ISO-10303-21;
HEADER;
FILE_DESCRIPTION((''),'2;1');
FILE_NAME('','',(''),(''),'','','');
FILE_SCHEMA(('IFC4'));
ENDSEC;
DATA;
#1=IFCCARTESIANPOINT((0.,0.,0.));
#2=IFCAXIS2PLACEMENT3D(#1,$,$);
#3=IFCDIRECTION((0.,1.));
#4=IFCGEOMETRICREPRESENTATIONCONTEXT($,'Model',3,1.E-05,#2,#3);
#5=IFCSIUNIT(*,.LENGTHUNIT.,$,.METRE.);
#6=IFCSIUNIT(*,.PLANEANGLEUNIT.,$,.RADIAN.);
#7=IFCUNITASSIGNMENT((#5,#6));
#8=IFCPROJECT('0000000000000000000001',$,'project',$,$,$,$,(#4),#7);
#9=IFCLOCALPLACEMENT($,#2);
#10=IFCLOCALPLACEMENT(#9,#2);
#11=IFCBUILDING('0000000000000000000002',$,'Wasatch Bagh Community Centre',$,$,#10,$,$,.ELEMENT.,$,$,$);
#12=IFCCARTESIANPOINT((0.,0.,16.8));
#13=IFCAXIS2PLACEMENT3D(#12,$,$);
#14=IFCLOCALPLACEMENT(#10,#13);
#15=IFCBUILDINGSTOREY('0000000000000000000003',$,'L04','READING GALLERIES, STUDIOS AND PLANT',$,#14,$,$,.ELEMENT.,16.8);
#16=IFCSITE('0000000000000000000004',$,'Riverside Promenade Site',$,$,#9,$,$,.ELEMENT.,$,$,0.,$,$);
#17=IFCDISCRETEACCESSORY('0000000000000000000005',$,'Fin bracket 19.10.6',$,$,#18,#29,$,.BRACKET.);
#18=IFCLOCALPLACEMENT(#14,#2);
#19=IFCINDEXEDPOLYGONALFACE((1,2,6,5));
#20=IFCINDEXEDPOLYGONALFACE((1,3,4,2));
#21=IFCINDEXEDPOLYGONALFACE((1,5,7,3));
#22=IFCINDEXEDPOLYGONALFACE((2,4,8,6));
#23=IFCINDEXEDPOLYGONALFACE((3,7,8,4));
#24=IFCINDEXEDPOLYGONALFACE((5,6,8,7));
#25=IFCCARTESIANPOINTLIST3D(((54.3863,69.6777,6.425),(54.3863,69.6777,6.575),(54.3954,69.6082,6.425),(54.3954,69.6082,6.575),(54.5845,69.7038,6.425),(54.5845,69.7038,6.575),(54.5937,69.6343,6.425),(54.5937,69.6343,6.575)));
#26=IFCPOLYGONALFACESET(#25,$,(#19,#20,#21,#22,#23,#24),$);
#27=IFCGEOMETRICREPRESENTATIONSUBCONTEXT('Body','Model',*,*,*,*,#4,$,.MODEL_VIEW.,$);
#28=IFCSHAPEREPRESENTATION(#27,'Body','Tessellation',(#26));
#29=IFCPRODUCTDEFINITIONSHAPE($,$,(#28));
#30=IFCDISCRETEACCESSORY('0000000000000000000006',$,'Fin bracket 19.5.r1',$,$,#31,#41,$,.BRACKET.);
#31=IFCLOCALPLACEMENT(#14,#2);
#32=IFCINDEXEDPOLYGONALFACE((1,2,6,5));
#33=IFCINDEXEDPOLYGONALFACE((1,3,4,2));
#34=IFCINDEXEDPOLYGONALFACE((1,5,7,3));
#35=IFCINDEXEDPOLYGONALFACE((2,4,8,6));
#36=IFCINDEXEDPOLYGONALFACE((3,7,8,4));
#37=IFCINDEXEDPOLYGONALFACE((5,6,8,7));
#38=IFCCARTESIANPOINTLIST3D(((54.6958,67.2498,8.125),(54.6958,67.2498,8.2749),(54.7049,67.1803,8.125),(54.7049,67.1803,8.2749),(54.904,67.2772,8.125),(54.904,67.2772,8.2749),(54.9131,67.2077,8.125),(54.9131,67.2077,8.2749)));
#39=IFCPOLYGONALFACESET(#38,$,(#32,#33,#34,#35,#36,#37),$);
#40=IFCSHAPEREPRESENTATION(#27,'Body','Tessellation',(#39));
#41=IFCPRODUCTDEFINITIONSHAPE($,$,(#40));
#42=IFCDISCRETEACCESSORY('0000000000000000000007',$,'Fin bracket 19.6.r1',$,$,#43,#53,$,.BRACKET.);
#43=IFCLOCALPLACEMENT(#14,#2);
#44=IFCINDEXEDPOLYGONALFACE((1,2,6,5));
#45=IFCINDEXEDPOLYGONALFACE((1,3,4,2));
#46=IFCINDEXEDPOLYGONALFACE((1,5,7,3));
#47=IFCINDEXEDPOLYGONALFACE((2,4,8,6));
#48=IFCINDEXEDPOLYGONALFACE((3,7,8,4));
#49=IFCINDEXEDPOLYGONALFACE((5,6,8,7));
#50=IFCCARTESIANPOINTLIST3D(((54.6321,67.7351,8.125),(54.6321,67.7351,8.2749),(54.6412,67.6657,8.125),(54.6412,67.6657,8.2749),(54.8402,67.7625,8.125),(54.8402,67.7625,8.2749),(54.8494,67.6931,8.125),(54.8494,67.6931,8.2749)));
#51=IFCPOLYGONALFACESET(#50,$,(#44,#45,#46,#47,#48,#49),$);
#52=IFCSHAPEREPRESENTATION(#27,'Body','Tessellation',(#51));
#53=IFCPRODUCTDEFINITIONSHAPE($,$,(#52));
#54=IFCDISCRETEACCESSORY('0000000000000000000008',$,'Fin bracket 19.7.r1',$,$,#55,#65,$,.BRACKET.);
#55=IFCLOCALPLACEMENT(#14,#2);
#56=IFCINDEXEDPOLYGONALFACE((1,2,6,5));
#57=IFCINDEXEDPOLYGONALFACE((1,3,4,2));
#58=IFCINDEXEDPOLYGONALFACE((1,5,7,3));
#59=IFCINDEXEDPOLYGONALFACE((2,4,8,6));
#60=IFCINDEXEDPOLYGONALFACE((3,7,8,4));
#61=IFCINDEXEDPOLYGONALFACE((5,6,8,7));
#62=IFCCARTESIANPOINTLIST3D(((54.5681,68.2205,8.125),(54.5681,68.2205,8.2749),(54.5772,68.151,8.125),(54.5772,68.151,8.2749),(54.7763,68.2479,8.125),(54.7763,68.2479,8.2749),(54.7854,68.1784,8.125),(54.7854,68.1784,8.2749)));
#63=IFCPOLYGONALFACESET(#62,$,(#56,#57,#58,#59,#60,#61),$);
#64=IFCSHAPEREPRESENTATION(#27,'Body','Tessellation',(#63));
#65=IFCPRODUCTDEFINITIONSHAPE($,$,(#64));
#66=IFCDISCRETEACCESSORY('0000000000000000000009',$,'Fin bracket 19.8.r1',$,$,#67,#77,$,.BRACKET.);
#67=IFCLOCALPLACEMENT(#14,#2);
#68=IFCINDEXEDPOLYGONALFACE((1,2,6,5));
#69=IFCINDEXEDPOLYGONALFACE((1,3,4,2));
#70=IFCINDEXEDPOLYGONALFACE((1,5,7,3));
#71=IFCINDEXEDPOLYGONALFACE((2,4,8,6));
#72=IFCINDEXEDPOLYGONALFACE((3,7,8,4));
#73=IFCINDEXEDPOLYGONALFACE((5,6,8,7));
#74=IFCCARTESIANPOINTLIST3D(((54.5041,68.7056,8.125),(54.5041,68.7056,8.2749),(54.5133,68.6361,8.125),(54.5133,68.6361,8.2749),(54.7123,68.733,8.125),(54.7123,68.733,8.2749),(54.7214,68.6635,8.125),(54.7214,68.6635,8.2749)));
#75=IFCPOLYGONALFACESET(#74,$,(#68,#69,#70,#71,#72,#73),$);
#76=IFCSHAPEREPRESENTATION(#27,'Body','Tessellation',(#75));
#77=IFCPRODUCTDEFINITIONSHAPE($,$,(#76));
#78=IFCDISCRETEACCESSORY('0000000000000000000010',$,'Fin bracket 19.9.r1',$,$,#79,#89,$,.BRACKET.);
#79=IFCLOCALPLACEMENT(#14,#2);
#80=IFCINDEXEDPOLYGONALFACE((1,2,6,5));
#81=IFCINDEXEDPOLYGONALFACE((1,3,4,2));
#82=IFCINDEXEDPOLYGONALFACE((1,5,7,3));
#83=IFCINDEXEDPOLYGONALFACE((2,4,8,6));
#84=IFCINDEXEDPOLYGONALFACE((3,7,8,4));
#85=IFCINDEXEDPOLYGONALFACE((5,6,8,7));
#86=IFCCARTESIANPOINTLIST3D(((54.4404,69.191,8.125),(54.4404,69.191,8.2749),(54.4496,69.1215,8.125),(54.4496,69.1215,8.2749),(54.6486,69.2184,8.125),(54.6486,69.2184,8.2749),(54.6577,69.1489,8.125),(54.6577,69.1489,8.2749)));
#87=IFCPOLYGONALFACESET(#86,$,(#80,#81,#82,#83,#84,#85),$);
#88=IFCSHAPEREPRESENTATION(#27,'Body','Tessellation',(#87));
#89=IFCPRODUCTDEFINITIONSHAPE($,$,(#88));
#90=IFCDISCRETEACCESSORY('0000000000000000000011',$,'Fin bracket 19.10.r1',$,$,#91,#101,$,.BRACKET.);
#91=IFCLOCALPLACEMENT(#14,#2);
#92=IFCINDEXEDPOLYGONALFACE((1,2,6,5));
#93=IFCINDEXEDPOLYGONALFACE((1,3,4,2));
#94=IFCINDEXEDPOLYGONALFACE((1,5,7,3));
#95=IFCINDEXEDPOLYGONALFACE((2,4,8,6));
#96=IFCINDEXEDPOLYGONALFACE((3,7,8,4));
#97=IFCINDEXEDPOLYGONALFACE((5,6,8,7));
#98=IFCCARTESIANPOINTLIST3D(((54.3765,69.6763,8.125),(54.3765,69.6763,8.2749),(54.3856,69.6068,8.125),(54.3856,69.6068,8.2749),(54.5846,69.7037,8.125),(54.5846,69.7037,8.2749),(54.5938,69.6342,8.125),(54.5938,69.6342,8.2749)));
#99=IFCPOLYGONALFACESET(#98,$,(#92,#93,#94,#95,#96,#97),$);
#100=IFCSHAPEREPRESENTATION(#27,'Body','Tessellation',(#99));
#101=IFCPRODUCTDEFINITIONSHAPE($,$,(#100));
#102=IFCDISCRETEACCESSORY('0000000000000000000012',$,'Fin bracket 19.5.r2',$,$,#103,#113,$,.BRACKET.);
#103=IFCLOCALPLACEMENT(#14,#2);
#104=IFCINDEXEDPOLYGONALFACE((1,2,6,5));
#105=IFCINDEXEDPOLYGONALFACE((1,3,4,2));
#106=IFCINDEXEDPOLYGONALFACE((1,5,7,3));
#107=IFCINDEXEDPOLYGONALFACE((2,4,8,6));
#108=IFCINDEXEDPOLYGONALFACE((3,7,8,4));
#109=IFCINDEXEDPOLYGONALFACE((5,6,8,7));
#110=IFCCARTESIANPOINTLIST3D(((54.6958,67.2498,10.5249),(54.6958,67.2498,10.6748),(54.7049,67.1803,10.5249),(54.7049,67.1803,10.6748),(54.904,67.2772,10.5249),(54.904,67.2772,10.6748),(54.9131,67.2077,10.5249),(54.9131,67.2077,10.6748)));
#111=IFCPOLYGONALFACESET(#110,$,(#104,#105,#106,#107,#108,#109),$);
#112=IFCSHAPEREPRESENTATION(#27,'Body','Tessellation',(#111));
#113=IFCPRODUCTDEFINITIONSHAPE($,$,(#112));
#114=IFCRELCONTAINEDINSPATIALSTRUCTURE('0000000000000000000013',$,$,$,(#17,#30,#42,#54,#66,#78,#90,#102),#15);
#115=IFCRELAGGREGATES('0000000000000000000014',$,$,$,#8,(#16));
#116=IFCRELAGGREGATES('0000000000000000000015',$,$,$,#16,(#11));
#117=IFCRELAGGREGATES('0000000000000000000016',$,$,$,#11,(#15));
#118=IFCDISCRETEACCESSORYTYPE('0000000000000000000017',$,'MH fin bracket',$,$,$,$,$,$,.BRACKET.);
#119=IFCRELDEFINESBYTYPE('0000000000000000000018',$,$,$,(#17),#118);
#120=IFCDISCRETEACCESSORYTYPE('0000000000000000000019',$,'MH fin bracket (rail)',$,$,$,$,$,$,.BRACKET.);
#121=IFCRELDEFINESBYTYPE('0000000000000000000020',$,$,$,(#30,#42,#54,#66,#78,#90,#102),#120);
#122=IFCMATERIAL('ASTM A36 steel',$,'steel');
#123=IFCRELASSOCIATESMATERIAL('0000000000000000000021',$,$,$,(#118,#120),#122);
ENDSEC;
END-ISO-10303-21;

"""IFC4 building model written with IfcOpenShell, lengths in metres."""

from ifc_helpers import new_model, si_unit, direction, frame, origin, origin_2d, place, context, subcontext, project, spatial, rectangle, extrude, material, type_object, element, save


model = new_model("IFC4")

# Units and contexts
model_context = context("Model", 3, precision=1e-05, world=origin(), true_north=direction((0.0, 1.0)))
body_context = subcontext(model_context, "Body", "Model", "MODEL_VIEW")
ifc_project = project(units=[si_unit("LENGTHUNIT", "METRE"), si_unit("PLANEANGLEUNIT", "RADIAN")], contexts=[model_context])

# Site, building, storey
site_placement = place(None, origin())
site = spatial("IfcSite", under=ifc_project, at=site_placement, Name="Riverside Promenade Site", CompositionType="ELEMENT", RefElevation=0.0)
building_placement = place(site_placement, origin())
building = spatial("IfcBuilding", under=site, at=building_placement, Name="Wasatch Bagh Community Centre", CompositionType="ELEMENT")
storey_placement = place(building_placement, frame((0.0, 0.0, 16.8)))
storey = spatial("IfcBuildingStorey", under=building, at=storey_placement, Name="L04", Description="READING GALLERIES, STUDIOS AND PLANT", CompositionType="ELEMENT", Elevation=16.8)

# Discrete accessories
ifc_material_1 = material(Name="ASTM A36 steel", Category="steel")
discrete_accessory_type_1 = type_object("IfcDiscreteAccessoryType", Name="MH fin bracket", PredefinedType="BRACKET", material=ifc_material_1)
for number, where, z_axis, x_axis, name in (
    (1, (54.49, 69.656, 6.425), (0.0, 0.0, 1.0), (-0.130526, 0.991445, 0.0), "Fin bracket 19.10.6"),
):
    element("IfcDiscreteAccessory", number, at=place(storey_placement, frame(where, z_axis=z_axis, x_axis=x_axis)), inside=storey, type_object=discrete_accessory_type_1, Name=name, PredefinedType="BRACKET", context=body_context, shape_type="SweptSolid", body=[
        extrude(rectangle(XDim=0.0701, YDim=0.2, at=origin_2d()), origin(), (0.0, 0.0, 1.0), 0.1499),
    ])
discrete_accessory_type_2 = type_object("IfcDiscreteAccessoryType", Name="MH fin bracket (rail)", PredefinedType="BRACKET", material=ifc_material_1)
for number, where, z_axis, x_axis, name in (
    (2, (54.8044, 67.2288, 8.125), (0.0, 0.0, 1.0), (-0.130526, 0.991445, 0.0), "Fin bracket 19.5.r1"),
    (3, (54.7407, 67.7141, 8.125), (0.0, 0.0, 1.0), (-0.130526, 0.991445, 0.0), "Fin bracket 19.6.r1"),
    (4, (54.6768, 68.1995, 8.125), (0.0, 0.0, 1.0), (-0.130526, 0.991445, 0.0), "Fin bracket 19.7.r1"),
    (5, (54.6128, 68.6846, 8.125), (0.0, 0.0, 1.0), (-0.130526, 0.991445, 0.0), "Fin bracket 19.8.r1"),
    (6, (54.5491, 69.1699, 8.125), (0.0, 0.0, 1.0), (-0.130526, 0.991445, 0.0), "Fin bracket 19.9.r1"),
    (7, (54.4851, 69.6553, 8.125), (0.0, 0.0, 1.0), (-0.130526, 0.991445, 0.0), "Fin bracket 19.10.r1"),
    (8, (54.8044, 67.2288, 10.5249), (0.0, 0.0, 1.0), (-0.130526, 0.991445, 0.0), "Fin bracket 19.5.r2"),
):
    element("IfcDiscreteAccessory", number, at=place(storey_placement, frame(where, z_axis=z_axis, x_axis=x_axis)), inside=storey, type_object=discrete_accessory_type_2, Name=name, PredefinedType="BRACKET", context=body_context, shape_type="SweptSolid", body=[
        extrude(rectangle(XDim=0.0701, YDim=0.21, at=origin_2d()), origin(), (0.0, 0.0, 1.0), 0.1499),
    ])

save(model, "model.ifc")
